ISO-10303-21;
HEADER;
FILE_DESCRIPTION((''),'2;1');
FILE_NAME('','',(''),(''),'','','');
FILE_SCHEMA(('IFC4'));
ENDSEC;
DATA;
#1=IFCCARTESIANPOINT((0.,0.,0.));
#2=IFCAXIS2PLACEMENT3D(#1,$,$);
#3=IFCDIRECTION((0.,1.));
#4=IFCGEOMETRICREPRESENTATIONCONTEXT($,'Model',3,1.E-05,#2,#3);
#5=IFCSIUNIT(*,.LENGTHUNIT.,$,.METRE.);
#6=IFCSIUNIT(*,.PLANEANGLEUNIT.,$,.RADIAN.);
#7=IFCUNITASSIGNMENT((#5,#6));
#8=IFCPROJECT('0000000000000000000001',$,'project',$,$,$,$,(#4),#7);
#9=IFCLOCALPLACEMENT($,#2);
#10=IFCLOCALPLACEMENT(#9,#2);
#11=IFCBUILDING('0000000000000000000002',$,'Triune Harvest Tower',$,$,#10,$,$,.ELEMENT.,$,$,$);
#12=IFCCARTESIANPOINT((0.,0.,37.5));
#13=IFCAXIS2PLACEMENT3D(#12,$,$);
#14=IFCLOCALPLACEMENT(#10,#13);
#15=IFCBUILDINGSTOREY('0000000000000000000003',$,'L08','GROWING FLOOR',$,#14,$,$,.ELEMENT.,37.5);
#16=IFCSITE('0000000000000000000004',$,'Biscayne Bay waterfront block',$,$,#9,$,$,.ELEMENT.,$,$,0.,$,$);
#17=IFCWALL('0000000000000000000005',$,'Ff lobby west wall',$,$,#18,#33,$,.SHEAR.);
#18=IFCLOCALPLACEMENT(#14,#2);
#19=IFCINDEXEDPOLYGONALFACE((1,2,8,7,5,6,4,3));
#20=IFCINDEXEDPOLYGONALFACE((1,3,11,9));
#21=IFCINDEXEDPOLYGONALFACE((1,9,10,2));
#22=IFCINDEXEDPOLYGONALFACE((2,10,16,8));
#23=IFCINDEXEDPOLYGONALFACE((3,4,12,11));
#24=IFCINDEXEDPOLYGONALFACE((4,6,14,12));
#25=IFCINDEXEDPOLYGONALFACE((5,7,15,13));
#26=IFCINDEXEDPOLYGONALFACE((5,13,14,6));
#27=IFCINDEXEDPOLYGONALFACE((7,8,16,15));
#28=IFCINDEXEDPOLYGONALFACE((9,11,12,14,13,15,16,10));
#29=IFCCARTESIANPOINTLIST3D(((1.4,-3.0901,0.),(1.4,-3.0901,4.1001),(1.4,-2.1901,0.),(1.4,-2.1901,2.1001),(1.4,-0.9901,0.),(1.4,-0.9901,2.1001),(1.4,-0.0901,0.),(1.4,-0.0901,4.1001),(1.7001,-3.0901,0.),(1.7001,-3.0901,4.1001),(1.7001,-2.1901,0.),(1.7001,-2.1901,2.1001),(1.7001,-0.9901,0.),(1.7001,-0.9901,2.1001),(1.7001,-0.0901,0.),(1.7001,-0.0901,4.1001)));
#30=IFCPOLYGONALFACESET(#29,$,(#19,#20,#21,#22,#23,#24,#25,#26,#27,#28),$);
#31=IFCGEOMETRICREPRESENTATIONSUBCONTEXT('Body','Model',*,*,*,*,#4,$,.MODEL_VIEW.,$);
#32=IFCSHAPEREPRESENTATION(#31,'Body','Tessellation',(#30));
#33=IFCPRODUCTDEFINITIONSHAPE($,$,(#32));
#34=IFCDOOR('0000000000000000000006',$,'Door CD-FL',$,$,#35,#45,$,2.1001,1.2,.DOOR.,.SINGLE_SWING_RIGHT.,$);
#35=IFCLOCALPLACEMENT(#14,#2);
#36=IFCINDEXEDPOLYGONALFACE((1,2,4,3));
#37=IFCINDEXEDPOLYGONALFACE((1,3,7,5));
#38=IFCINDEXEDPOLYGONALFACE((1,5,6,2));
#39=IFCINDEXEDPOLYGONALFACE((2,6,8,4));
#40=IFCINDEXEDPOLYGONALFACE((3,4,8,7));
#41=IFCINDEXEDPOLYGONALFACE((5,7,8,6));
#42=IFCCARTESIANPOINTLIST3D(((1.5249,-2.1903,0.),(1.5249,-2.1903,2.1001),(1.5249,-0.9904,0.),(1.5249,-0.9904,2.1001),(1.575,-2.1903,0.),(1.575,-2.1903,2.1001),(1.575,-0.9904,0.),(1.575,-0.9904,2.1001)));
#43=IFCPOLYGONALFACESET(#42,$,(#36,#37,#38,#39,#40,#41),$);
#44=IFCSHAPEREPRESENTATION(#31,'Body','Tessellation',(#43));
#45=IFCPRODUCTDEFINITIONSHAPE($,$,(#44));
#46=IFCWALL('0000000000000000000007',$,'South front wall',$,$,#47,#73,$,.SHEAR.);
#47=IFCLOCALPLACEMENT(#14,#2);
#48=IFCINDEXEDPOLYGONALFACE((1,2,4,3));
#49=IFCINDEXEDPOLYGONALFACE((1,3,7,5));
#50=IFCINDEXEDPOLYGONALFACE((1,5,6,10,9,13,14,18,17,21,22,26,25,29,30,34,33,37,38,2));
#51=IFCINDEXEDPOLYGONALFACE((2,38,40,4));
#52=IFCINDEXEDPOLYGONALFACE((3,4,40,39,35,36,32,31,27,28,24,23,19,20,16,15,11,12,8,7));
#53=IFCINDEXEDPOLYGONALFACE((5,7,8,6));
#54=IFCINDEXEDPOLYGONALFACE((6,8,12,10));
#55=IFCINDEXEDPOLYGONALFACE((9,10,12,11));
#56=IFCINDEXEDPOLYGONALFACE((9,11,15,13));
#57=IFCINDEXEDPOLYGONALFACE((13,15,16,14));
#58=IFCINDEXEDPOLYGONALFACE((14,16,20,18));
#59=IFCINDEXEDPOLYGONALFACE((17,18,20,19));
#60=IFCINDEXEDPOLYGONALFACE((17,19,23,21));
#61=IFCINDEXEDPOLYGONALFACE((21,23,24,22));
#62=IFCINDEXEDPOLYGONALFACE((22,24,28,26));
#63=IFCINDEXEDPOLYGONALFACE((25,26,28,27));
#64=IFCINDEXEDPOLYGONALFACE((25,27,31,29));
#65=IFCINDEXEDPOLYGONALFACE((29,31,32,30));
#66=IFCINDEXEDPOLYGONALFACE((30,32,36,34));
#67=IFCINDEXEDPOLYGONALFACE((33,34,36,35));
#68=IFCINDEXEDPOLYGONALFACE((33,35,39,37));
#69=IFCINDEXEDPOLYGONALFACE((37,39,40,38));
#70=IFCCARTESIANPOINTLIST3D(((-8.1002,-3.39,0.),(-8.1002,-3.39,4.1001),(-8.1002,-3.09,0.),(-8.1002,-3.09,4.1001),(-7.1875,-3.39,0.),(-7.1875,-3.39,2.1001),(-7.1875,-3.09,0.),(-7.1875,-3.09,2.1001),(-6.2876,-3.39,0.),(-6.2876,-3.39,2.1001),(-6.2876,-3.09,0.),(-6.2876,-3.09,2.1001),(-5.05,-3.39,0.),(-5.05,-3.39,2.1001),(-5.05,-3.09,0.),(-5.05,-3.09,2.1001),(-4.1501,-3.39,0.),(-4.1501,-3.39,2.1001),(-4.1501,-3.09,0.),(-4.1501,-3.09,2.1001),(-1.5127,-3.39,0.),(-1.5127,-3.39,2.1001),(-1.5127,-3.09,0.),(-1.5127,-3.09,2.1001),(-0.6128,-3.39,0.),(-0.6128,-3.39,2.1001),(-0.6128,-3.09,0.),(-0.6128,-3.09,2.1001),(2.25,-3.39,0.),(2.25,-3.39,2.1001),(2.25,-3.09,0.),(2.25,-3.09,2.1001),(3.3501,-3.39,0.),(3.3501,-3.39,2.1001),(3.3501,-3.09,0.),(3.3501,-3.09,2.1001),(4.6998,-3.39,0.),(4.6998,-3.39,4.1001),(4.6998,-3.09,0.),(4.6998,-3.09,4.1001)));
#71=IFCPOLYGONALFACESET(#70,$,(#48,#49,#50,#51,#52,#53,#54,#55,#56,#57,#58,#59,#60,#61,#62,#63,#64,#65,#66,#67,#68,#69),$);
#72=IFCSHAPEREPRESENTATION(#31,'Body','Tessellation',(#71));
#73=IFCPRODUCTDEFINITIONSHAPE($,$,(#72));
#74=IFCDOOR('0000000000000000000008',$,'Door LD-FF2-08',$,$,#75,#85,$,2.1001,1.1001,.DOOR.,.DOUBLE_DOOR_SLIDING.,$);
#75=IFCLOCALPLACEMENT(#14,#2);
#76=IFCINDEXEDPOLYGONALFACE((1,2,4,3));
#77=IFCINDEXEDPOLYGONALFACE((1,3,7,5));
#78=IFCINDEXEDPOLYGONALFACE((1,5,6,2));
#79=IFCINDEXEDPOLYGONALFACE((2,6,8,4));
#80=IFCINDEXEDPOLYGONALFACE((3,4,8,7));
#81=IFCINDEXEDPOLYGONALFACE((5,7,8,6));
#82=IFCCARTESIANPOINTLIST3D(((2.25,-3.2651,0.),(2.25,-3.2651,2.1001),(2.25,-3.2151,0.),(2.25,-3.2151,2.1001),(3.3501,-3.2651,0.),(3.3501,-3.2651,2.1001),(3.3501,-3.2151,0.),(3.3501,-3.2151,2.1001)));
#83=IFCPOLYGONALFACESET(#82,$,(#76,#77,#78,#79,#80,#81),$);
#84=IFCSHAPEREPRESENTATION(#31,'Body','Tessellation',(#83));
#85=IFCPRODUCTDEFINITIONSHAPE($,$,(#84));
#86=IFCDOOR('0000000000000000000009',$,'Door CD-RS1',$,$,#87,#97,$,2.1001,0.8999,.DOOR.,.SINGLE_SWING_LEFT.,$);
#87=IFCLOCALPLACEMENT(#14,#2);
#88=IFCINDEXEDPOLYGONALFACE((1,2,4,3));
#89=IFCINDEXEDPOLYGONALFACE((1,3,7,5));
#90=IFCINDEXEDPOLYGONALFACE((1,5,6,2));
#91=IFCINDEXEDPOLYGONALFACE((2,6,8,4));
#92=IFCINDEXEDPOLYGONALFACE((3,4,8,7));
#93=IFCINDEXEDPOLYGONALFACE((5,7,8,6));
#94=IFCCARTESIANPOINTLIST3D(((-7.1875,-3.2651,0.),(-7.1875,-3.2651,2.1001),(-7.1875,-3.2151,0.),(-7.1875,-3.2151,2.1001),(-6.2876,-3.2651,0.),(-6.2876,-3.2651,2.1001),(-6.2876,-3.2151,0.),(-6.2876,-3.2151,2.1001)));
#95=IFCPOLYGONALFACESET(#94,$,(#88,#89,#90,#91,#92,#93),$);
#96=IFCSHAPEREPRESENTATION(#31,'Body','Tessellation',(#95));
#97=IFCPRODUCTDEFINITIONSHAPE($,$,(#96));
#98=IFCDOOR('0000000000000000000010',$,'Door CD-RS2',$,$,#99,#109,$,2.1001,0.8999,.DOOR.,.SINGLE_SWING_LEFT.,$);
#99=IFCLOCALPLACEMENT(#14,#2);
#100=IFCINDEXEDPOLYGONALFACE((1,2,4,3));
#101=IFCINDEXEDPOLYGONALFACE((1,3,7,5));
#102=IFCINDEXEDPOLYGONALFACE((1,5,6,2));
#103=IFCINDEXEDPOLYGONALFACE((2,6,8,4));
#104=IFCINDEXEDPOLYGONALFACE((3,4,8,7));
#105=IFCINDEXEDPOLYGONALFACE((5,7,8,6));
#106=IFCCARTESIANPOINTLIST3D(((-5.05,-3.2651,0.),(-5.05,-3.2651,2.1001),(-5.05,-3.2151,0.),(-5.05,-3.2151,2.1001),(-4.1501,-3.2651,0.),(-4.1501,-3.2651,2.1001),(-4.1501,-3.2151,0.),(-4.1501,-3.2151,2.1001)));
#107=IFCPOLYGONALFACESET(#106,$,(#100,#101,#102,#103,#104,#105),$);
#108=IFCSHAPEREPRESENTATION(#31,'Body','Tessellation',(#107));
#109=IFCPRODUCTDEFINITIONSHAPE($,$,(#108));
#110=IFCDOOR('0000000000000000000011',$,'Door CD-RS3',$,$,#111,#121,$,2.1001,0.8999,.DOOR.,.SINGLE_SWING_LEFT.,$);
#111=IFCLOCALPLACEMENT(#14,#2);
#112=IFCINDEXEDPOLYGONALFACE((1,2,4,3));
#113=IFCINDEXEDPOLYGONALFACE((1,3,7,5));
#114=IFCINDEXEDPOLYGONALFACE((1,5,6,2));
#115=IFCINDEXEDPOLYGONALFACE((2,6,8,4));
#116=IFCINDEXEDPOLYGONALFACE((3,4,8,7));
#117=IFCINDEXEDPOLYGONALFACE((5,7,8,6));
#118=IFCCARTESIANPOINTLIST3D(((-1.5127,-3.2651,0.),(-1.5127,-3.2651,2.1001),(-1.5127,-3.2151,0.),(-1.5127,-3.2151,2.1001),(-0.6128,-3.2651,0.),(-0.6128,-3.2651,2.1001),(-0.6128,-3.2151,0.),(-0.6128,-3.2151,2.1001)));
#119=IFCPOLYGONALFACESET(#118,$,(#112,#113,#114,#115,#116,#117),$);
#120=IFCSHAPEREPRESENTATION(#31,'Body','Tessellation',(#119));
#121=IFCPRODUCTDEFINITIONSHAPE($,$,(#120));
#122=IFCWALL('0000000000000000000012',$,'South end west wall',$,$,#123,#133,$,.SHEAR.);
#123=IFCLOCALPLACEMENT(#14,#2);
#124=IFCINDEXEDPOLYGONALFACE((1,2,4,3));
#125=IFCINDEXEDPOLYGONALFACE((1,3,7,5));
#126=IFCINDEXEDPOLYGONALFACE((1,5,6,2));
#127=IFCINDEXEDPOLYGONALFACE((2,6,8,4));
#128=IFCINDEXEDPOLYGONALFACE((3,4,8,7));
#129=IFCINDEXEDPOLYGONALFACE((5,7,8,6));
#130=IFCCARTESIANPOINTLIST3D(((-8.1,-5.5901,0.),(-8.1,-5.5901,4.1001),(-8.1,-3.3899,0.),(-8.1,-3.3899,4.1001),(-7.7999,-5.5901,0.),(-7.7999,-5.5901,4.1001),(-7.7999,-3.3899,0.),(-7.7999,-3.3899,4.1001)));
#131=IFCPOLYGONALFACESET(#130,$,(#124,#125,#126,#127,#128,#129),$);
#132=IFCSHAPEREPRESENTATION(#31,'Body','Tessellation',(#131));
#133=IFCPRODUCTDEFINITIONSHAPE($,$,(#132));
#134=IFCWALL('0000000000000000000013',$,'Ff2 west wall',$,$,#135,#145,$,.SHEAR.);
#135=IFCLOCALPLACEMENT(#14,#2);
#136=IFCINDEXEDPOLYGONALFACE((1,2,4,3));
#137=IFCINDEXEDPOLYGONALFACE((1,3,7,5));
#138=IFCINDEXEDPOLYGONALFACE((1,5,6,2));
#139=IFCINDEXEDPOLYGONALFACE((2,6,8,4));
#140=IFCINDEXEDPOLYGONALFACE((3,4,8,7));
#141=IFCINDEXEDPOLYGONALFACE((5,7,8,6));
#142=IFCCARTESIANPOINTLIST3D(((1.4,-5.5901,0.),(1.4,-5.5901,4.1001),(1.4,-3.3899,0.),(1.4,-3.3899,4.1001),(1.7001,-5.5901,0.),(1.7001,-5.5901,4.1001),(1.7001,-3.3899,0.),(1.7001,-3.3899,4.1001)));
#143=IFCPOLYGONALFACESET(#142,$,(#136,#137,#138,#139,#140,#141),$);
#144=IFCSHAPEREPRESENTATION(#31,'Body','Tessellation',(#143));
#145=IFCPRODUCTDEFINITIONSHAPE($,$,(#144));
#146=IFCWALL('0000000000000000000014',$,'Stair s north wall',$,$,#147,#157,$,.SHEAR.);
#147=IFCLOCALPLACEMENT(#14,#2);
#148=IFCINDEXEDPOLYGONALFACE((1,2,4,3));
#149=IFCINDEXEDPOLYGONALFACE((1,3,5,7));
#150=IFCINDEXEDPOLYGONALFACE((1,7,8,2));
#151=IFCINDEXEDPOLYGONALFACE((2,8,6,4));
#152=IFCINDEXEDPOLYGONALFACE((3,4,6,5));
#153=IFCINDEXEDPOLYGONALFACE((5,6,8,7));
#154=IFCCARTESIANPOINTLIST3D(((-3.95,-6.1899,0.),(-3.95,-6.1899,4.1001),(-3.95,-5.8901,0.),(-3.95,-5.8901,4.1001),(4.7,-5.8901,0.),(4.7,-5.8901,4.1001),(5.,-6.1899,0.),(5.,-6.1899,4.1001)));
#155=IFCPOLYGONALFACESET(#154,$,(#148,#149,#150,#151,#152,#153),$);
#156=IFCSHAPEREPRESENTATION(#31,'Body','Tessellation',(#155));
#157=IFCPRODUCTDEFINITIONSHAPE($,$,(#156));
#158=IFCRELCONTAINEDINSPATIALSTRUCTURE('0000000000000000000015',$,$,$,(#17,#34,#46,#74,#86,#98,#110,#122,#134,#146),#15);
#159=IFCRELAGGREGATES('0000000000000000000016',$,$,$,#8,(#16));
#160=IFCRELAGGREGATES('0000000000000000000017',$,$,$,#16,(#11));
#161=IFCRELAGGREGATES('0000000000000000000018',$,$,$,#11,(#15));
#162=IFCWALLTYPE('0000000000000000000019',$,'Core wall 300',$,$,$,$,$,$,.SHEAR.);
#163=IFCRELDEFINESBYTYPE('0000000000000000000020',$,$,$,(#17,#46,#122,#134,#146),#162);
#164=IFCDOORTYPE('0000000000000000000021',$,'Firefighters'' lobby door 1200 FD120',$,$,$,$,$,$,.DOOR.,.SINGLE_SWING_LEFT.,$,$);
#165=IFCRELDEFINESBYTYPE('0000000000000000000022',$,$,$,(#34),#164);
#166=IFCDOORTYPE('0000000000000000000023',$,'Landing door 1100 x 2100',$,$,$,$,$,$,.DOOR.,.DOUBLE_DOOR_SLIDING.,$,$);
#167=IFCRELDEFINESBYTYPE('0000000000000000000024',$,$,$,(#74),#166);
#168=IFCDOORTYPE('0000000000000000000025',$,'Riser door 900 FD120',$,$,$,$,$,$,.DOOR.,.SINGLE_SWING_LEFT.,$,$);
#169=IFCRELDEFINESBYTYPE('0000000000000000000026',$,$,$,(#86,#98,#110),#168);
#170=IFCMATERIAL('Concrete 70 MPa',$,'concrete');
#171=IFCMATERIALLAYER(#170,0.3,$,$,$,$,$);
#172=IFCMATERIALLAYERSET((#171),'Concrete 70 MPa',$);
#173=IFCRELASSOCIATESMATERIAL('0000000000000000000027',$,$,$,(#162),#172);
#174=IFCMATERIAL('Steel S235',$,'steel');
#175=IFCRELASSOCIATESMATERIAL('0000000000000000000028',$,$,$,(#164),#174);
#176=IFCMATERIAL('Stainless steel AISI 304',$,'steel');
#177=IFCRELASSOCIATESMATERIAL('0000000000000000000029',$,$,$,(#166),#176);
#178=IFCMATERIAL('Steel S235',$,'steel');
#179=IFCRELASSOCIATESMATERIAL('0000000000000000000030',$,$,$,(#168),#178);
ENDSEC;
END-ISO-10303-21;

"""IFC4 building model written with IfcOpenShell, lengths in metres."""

from ifc_helpers import new_model, si_unit, direction, frame, frame_2d, origin, place, context, subcontext, project, spatial, polyline, rectangle, outline, extrude, source, transform, mapped, material, layer, layer_set, type_object, element, fill, save


model = new_model("IFC4")

# Units and contexts
model_context = context("Model", 3, precision=1e-05, world=origin(), true_north=direction((0.0, 1.0)))
body_context = subcontext(model_context, "Body", "Model", "MODEL_VIEW")
ifc_project = project(units=[si_unit("LENGTHUNIT", "METRE"), si_unit("PLANEANGLEUNIT", "RADIAN")], contexts=[model_context])

# Site, building, storey
site_placement = place(None, origin())
site = spatial("IfcSite", under=ifc_project, at=site_placement, Name="Biscayne Bay waterfront block", CompositionType="ELEMENT", RefElevation=0.0)
building_placement = place(site_placement, origin())
building = spatial("IfcBuilding", under=site, at=building_placement, Name="Triune Harvest Tower", CompositionType="ELEMENT")
storey_placement = place(building_placement, frame((0.0, 0.0, 37.5)))
storey = spatial("IfcBuildingStorey", under=building, at=storey_placement, Name="L08", Description="GROWING FLOOR", CompositionType="ELEMENT", Elevation=37.5)

# Wall, opening, door
ifc_material_1 = material(Name="Concrete 70 MPa", Category="concrete")
ifc_layer_1 = layer(ifc_material_1, 0.3)
ifc_layer_set_1 = layer_set([ifc_layer_1], Name="Concrete 70 MPa")
wall_type_1 = type_object("IfcWallType", Name="Core wall 300", PredefinedType="SHEAR", material=ifc_layer_set_1)
shared_shape_1 = source(origin(), body_context, "Body", "SweptSolid", [
    extrude(rectangle(XDim=3.0, YDim=0.3, at=frame_2d((1.5, 0.0))), origin(), (0.0, 0.0, 1.0), 4.1001),
])
wall_1_placement = place(storey_placement, frame((1.55, -3.0901, 0.0), z_axis=(0.0, 0.0, 1.0), x_axis=(0.0, 1.0, 0.0)))
wall_1 = element("IfcWall", 1, at=wall_1_placement, inside=storey, type_object=wall_type_1, Name="Ff lobby west wall", PredefinedType="SHEAR", context=body_context, shape_type="MappedRepresentation", body=[
    mapped(shared_shape_1, transform((0.0, 0.0, 0.0), scale=1.0)),
])
opening_1_placement = place(wall_1_placement, frame((0.8999, 0.0, 0.0)))
opening_1 = element("IfcOpeningElement", 2, at=opening_1_placement, cuts=wall_1, PredefinedType="OPENING", context=body_context, shape_type="SweptSolid", body=[
    extrude(rectangle(XDim=1.2, YDim=2.1001, at=frame_2d((0.6001, 1.05))), frame((0.0, 0.1602, 0.0), z_axis=(0.0, -1.0, 0.0), x_axis=(1.0, 0.0, 0.0)), (0.0, 0.0, 1.0), 0.3201),
])
ifc_material_2 = material(Name="Steel S235", Category="steel")
door_type_1 = type_object("IfcDoorType", Name="Firefighters' lobby door 1200 FD120", OperationType="SINGLE_SWING_LEFT", PredefinedType="DOOR", material=ifc_material_2)
door_1_placement = place(opening_1_placement, frame((1.2, 0.0, 0.0), z_axis=(0.0, 0.0, 1.0), x_axis=(-1.0, 0.0, 0.0)))
door_1 = element("IfcDoor", 3, at=door_1_placement, inside=storey, type_object=door_type_1, Name="Door CD-FL", OperationType="SINGLE_SWING_RIGHT", OverallHeight=2.1001, OverallWidth=1.2, PredefinedType="DOOR", context=body_context, shape_type="SweptSolid", body=[
    extrude(rectangle(XDim=1.2, YDim=2.1001, at=frame_2d((0.6001, 1.05))), frame((0.0, 0.0249, 0.0), z_axis=(0.0, -1.0, 0.0), x_axis=(1.0, 0.0, 0.0)), (0.0, 0.0, 1.0), 0.05),
])
fill(opening_1, door_1)

# Wall, openings, doors
shared_shape_2 = source(origin(), body_context, "Body", "SweptSolid", [
    extrude(rectangle(XDim=12.8, YDim=0.3, at=frame_2d((6.3999, 0.0))), origin(), (0.0, 0.0, 1.0), 4.1001),
])
wall_2_placement = place(storey_placement, frame((-8.1001, -3.24, 0.0), z_axis=(0.0, 0.0, 1.0), x_axis=(1.0, 0.0, 0.0)))
wall_2 = element("IfcWall", 4, at=wall_2_placement, inside=storey, type_object=wall_type_1, Name="South front wall", PredefinedType="SHEAR", context=body_context, shape_type="MappedRepresentation", body=[
    mapped(shared_shape_2, transform((0.0, 0.0, 0.0), scale=1.0)),
])
opening_2_placement = place(wall_2_placement, frame((0.9126, 0.0, 0.0)))
opening_2 = element("IfcOpeningElement", 5, at=opening_2_placement, cuts=wall_2, PredefinedType="OPENING", context=body_context, shape_type="SweptSolid", body=[
    extrude(rectangle(XDim=0.8999, YDim=2.1001, at=frame_2d((0.45, 1.05))), frame((0.0, 0.1602, 0.0), z_axis=(0.0, -1.0, 0.0), x_axis=(1.0, 0.0, 0.0)), (0.0, 0.0, 1.0), 0.3201),
])
opening_3_placement = place(wall_2_placement, frame((3.05, 0.0, 0.0)))
opening_3 = element("IfcOpeningElement", 6, at=opening_3_placement, cuts=wall_2, PredefinedType="OPENING", context=body_context, shape_type="SweptSolid", body=[
    extrude(rectangle(XDim=0.8999, YDim=2.1001, at=frame_2d((0.45, 1.05))), frame((0.0, 0.1602, 0.0), z_axis=(0.0, -1.0, 0.0), x_axis=(1.0, 0.0, 0.0)), (0.0, 0.0, 1.0), 0.3201),
])
opening_4_placement = place(wall_2_placement, frame((6.5874, 0.0, 0.0)))
opening_4 = element("IfcOpeningElement", 7, at=opening_4_placement, cuts=wall_2, PredefinedType="OPENING", context=body_context, shape_type="SweptSolid", body=[
    extrude(rectangle(XDim=0.8999, YDim=2.1001, at=frame_2d((0.45, 1.05))), frame((0.0, 0.1602, 0.0), z_axis=(0.0, -1.0, 0.0), x_axis=(1.0, 0.0, 0.0)), (0.0, 0.0, 1.0), 0.3201),
])
opening_5_placement = place(wall_2_placement, frame((10.3501, 0.0, 0.0)))
opening_5 = element("IfcOpeningElement", 8, at=opening_5_placement, cuts=wall_2, PredefinedType="OPENING", context=body_context, shape_type="SweptSolid", body=[
    extrude(rectangle(XDim=1.1001, YDim=2.1001, at=frame_2d((0.55, 1.05))), frame((0.0, 0.1602, 0.0), z_axis=(0.0, -1.0, 0.0), x_axis=(1.0, 0.0, 0.0)), (0.0, 0.0, 1.0), 0.3201),
])
ifc_material_3 = material(Name="Stainless steel AISI 304", Category="steel")
door_type_2 = type_object("IfcDoorType", Name="Landing door 1100 x 2100", OperationType="DOUBLE_DOOR_SLIDING", PredefinedType="DOOR", material=ifc_material_3)
door_2_placement = place(opening_5_placement, origin())
door_2 = element("IfcDoor", 9, at=door_2_placement, inside=storey, type_object=door_type_2, Name="Door LD-FF2-08", OperationType="DOUBLE_DOOR_SLIDING", OverallHeight=2.1001, OverallWidth=1.1001, PredefinedType="DOOR", context=body_context, shape_type="SweptSolid", body=[
    extrude(rectangle(XDim=1.1001, YDim=2.1001, at=frame_2d((0.55, 1.05))), frame((0.0, 0.0249, 0.0), z_axis=(0.0, -1.0, 0.0), x_axis=(1.0, 0.0, 0.0)), (0.0, 0.0, 1.0), 0.05),
])
fill(opening_5, door_2)
ifc_material_4 = material(Name="Steel S235", Category="steel")
door_type_3 = type_object("IfcDoorType", Name="Riser door 900 FD120", OperationType="SINGLE_SWING_LEFT", PredefinedType="DOOR", material=ifc_material_4)
door_3_placement = place(opening_2_placement, origin())
door_3 = element("IfcDoor", 10, at=door_3_placement, inside=storey, type_object=door_type_3, Name="Door CD-RS1", OperationType="SINGLE_SWING_LEFT", OverallHeight=2.1001, OverallWidth=0.8999, PredefinedType="DOOR", context=body_context, shape_type="SweptSolid", body=[
    extrude(rectangle(XDim=0.8999, YDim=2.1001, at=frame_2d((0.45, 1.05))), frame((0.0, 0.0249, 0.0), z_axis=(0.0, -1.0, 0.0), x_axis=(1.0, 0.0, 0.0)), (0.0, 0.0, 1.0), 0.05),
])
fill(opening_2, door_3)
door_4_placement = place(opening_3_placement, origin())
door_4 = element("IfcDoor", 11, at=door_4_placement, inside=storey, type_object=door_type_3, Name="Door CD-RS2", OperationType="SINGLE_SWING_LEFT", OverallHeight=2.1001, OverallWidth=0.8999, PredefinedType="DOOR", context=body_context, shape_type="SweptSolid", body=[
    extrude(rectangle(XDim=0.8999, YDim=2.1001, at=frame_2d((0.45, 1.05))), frame((0.0, 0.0249, 0.0), z_axis=(0.0, -1.0, 0.0), x_axis=(1.0, 0.0, 0.0)), (0.0, 0.0, 1.0), 0.05),
])
fill(opening_3, door_4)
door_5_placement = place(opening_4_placement, origin())
door_5 = element("IfcDoor", 12, at=door_5_placement, inside=storey, type_object=door_type_3, Name="Door CD-RS3", OperationType="SINGLE_SWING_LEFT", OverallHeight=2.1001, OverallWidth=0.8999, PredefinedType="DOOR", context=body_context, shape_type="SweptSolid", body=[
    extrude(rectangle(XDim=0.8999, YDim=2.1001, at=frame_2d((0.45, 1.05))), frame((0.0, 0.0249, 0.0), z_axis=(0.0, -1.0, 0.0), x_axis=(1.0, 0.0, 0.0)), (0.0, 0.0, 1.0), 0.05),
])
fill(opening_4, door_5)

# Walls
shared_shape_3 = source(origin(), body_context, "Body", "SweptSolid", [
    extrude(rectangle(XDim=2.2002, YDim=0.3, at=frame_2d((1.1001, 0.0))), origin(), (0.0, 0.0, 1.0), 4.1001),
])
for number, where, z_axis, x_axis, name in (
    (13, (-7.95, -5.5901, 0.0), (0.0, 0.0, 1.0), (0.0, 1.0, 0.0), "South end west wall"),
    (14, (1.55, -5.5901, 0.0), (0.0, 0.0, 1.0), (0.0, 1.0, 0.0), "Ff2 west wall"),
):
    element("IfcWall", number, at=place(storey_placement, frame(where, z_axis=z_axis, x_axis=x_axis)), inside=storey, type_object=wall_type_1, Name=name, PredefinedType="SHEAR", context=body_context, shape_type="MappedRepresentation", body=[
        mapped(shared_shape_3, transform((0.0, 0.0, 0.0), scale=1.0)),
    ])
shared_shape_4 = source(origin(), body_context, "Body", "SweptSolid", [
    extrude(outline(polyline([(0.0, -0.1499), (8.95, -0.1499), (8.6499, 0.1499), (0.0, 0.1499), (0.0, -0.1499)])), origin(), (0.0, 0.0, 1.0), 4.1001),
])
wall_3_placement = place(storey_placement, frame((-3.95, -6.04, 0.0), z_axis=(0.0, 0.0, 1.0), x_axis=(1.0, 0.0, 0.0)))
element("IfcWall", 15, at=wall_3_placement, inside=storey, type_object=wall_type_1, Name="Stair s north wall", PredefinedType="SHEAR", context=body_context, shape_type="MappedRepresentation", body=[
    mapped(shared_shape_4, transform((0.0, 0.0, 0.0), scale=1.0)),
])

save(model, "model.ifc")
